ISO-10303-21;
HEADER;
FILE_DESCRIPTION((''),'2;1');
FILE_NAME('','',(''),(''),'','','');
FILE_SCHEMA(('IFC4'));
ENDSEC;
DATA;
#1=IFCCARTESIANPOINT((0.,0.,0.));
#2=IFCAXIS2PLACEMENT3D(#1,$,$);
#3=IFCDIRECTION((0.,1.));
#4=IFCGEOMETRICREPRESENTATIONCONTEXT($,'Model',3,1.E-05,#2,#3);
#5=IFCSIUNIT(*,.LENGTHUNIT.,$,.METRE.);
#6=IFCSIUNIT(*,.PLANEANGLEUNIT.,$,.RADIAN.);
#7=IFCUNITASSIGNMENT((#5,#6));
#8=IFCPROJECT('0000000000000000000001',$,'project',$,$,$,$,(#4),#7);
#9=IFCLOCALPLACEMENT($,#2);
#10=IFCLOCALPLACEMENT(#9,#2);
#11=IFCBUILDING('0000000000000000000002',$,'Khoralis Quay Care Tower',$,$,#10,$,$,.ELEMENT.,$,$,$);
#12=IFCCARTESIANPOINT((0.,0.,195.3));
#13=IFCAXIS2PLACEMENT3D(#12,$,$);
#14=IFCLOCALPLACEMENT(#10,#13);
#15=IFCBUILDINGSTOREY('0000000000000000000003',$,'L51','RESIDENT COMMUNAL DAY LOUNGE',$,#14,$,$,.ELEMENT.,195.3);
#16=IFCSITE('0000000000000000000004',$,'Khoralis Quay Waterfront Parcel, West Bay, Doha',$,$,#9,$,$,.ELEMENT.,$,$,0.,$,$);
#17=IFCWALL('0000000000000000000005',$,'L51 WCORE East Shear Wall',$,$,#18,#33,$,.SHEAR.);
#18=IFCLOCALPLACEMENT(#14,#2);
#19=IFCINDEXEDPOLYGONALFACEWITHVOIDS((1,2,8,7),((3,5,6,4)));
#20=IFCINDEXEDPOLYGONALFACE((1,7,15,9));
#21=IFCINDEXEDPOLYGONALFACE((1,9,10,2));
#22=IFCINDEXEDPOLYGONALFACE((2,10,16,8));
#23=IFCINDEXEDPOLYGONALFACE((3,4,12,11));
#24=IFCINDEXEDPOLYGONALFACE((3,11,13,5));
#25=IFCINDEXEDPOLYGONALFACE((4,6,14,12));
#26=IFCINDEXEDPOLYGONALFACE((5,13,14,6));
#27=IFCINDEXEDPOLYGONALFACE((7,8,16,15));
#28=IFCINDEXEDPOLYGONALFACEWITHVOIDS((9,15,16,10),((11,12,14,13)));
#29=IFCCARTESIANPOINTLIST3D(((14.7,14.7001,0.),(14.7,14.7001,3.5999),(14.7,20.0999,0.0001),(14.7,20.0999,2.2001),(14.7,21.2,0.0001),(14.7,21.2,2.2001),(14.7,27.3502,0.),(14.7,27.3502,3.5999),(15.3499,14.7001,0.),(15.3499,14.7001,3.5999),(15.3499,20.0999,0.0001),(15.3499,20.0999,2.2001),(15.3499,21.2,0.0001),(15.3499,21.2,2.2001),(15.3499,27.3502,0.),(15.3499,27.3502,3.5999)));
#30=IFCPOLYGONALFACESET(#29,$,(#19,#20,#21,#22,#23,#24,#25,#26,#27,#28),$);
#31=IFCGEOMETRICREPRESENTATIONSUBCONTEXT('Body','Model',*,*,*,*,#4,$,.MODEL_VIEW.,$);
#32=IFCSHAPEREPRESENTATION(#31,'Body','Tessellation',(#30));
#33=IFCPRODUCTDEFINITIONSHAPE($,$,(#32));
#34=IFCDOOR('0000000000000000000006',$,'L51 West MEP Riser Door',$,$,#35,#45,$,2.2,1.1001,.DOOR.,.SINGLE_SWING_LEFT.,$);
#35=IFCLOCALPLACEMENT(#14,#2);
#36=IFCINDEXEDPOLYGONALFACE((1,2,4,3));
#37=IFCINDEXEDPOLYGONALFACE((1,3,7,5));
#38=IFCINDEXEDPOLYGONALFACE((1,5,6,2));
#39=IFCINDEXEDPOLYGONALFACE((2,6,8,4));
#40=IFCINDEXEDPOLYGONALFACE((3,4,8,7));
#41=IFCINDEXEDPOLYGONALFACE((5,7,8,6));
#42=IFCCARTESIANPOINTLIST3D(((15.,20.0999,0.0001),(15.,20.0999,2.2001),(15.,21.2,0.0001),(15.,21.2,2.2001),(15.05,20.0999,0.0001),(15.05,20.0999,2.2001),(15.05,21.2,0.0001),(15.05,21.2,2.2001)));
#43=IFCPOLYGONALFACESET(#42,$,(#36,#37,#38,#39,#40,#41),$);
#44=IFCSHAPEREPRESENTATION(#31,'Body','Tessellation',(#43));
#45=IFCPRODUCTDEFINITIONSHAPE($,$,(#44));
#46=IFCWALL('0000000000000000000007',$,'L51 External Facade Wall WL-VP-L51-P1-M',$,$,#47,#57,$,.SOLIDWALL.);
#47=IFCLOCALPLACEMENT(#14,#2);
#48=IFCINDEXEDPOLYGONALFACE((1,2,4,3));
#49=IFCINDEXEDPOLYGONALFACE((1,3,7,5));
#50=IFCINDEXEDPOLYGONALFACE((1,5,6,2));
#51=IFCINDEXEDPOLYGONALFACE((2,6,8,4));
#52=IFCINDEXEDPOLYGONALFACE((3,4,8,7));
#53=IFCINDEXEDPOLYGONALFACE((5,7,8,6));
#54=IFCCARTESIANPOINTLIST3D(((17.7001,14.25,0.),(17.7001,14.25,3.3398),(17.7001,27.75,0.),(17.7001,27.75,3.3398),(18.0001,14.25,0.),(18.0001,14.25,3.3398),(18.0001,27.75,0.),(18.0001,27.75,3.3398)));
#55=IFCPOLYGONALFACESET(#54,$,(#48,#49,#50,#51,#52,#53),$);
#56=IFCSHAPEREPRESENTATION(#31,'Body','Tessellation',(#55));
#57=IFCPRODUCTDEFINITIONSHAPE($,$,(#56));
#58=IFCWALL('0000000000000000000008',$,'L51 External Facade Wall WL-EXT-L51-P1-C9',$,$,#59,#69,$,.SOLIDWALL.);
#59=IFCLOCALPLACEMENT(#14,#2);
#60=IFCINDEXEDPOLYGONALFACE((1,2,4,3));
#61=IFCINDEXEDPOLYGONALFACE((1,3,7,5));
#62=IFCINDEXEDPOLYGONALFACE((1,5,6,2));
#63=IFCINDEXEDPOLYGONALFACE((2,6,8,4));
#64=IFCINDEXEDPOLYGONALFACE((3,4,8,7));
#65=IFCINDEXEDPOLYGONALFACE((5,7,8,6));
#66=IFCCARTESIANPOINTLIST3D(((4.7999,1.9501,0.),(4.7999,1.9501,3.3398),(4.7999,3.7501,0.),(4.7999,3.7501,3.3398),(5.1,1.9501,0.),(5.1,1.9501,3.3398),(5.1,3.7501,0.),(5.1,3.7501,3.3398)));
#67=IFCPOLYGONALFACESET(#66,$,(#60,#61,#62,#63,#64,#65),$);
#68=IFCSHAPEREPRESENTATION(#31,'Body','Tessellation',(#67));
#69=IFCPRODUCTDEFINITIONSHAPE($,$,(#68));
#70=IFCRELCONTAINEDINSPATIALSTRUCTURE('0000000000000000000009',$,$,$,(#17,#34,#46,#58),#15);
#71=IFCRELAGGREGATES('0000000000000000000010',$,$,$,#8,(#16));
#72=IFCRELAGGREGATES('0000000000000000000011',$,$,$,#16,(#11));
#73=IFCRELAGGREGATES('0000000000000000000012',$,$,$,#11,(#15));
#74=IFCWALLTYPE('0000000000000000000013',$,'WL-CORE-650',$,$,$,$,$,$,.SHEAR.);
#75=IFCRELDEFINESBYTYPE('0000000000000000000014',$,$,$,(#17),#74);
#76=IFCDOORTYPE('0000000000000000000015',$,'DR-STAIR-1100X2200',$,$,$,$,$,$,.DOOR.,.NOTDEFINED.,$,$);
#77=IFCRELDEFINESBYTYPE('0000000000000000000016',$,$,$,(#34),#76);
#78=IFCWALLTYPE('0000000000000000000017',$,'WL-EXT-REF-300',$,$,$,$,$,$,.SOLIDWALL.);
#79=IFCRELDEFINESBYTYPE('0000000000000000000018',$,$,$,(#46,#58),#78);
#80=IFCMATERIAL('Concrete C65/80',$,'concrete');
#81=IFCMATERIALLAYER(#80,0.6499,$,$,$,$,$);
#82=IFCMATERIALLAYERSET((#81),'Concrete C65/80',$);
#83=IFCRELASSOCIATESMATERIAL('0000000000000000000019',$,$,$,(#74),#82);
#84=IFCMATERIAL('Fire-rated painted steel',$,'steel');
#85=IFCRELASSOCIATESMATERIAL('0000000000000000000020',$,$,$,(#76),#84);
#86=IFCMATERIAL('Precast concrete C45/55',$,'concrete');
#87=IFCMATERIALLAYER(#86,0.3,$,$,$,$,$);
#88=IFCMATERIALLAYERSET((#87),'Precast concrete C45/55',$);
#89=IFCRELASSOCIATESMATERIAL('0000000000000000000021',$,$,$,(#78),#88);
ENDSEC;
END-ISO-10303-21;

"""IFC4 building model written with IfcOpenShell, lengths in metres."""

from ifc_helpers import new_model, si_unit, direction, frame, frame_2d, origin, place, context, subcontext, project, spatial, rectangle, extrude, source, transform, mapped, material, layer, layer_set, type_object, element, fill, save


model = new_model("IFC4")

# Units and contexts
model_context = context("Model", 3, precision=1e-05, world=origin(), true_north=direction((0.0, 1.0)))
body_context = subcontext(model_context, "Body", "Model", "MODEL_VIEW")
ifc_project = project(units=[si_unit("LENGTHUNIT", "METRE"), si_unit("PLANEANGLEUNIT", "RADIAN")], contexts=[model_context])

# Site, building, storey
site_placement = place(None, origin())
site = spatial("IfcSite", under=ifc_project, at=site_placement, Name="Khoralis Quay Waterfront Parcel, West Bay, Doha", CompositionType="ELEMENT", RefElevation=0.0)
building_placement = place(site_placement, origin())
building = spatial("IfcBuilding", under=site, at=building_placement, Name="Khoralis Quay Care Tower", CompositionType="ELEMENT")
storey_placement = place(building_placement, frame((0.0, 0.0, 195.3)))
storey = spatial("IfcBuildingStorey", under=building, at=storey_placement, Name="L51", Description="RESIDENT COMMUNAL DAY LOUNGE", CompositionType="ELEMENT", Elevation=195.3)

# Shared definitions
ifc_material_1 = material(Name="Fire-rated painted steel", Category="steel")

# Shared definitions
ifc_material_2 = material(Name="Concrete C65/80", Category="concrete")
ifc_layer_1 = layer(ifc_material_2, 0.6499)
ifc_layer_set_1 = layer_set([ifc_layer_1], Name="Concrete C65/80")
wall_type_1 = type_object("IfcWallType", Name="WL-CORE-650", PredefinedType="SHEAR", material=ifc_layer_set_1)

# Wall, opening, door
wall_1_placement = place(storey_placement, frame((15.0249, 14.7, 0.0), z_axis=(0.0, 0.0, 1.0), x_axis=(0.0, 1.0, 0.0)))
wall_1 = element("IfcWall", 1, at=wall_1_placement, inside=storey, type_object=wall_type_1, Name="L51 WCORE East Shear Wall", PredefinedType="SHEAR", context=body_context, shape_type="SweptSolid", body=[
    extrude(rectangle(XDim=12.6501, YDim=0.6499, at=frame_2d((6.3252, 0.0))), origin(), (0.0, 0.0, 1.0), 3.5999),
])
opening_1_placement = place(wall_1_placement, frame((5.3999, 0.0, 0.0)))
opening_1 = element("IfcOpeningElement", 2, at=opening_1_placement, cuts=wall_1, PredefinedType="OPENING", context=body_context, shape_type="SweptSolid", body=[
    extrude(rectangle(XDim=1.1001, YDim=2.2, at=frame_2d((0.55, 1.1001))), frame((0.0, 0.335, 0.0), z_axis=(0.0, -1.0, 0.0), x_axis=(1.0, 0.0, 0.0)), (0.0, 0.0, 1.0), 0.6699),
])
door_type_1 = type_object("IfcDoorType", Name="DR-STAIR-1100X2200", OperationType="NOTDEFINED", PredefinedType="DOOR", material=ifc_material_1)
shared_shape_1 = source(origin(), body_context, "Body", "SweptSolid", [
    extrude(rectangle(XDim=1.1001, YDim=2.2, at=frame_2d((0.55, 1.1001))), frame((0.0, 0.0249, 0.0), z_axis=(0.0, -1.0, 0.0), x_axis=(1.0, 0.0, 0.0)), (0.0, 0.0, 1.0), 0.05),
])
door_1_placement = place(opening_1_placement, origin())
door_1 = element("IfcDoor", 3, at=door_1_placement, inside=storey, type_object=door_type_1, Name="L51 West MEP Riser Door", OperationType="SINGLE_SWING_LEFT", OverallHeight=2.2, OverallWidth=1.1001, PredefinedType="DOOR", context=body_context, shape_type="MappedRepresentation", body=[
    mapped(shared_shape_1, transform((0.0, 0.0, 0.0), scale=1.0)),
])
fill(opening_1, door_1)

# Walls
ifc_material_3 = material(Name="Precast concrete C45/55", Category="concrete")
ifc_layer_2 = layer(ifc_material_3, 0.3)
ifc_layer_set_2 = layer_set([ifc_layer_2], Name="Precast concrete C45/55")
wall_type_2 = type_object("IfcWallType", Name="WL-EXT-REF-300", PredefinedType="SOLIDWALL", material=ifc_layer_set_2)
wall_2_placement = place(storey_placement, frame((17.8501, 14.25, 0.0), z_axis=(0.0, 0.0, 1.0), x_axis=(0.0, 1.0, 0.0)))
element("IfcWall", 4, at=wall_2_placement, inside=storey, type_object=wall_type_2, Name="L51 External Facade Wall WL-VP-L51-P1-M", PredefinedType="SOLIDWALL", context=body_context, shape_type="SweptSolid", body=[
    extrude(rectangle(XDim=13.5, YDim=0.3, at=frame_2d((6.75, 0.0))), origin(), (0.0, 0.0, 1.0), 3.3398),
])
wall_3_placement = place(storey_placement, frame((4.95, 3.75, 0.0), z_axis=(0.0, 0.0, 1.0), x_axis=(0.0, -1.0, 0.0)))
element("IfcWall", 5, at=wall_3_placement, inside=storey, type_object=wall_type_2, Name="L51 External Facade Wall WL-EXT-L51-P1-C9", PredefinedType="SOLIDWALL", context=body_context, shape_type="SweptSolid", body=[
    extrude(rectangle(XDim=1.8, YDim=0.3, at=frame_2d((0.8999, 0.0))), origin(), (0.0, 0.0, 1.0), 3.3398),
])

save(model, "model.ifc")
